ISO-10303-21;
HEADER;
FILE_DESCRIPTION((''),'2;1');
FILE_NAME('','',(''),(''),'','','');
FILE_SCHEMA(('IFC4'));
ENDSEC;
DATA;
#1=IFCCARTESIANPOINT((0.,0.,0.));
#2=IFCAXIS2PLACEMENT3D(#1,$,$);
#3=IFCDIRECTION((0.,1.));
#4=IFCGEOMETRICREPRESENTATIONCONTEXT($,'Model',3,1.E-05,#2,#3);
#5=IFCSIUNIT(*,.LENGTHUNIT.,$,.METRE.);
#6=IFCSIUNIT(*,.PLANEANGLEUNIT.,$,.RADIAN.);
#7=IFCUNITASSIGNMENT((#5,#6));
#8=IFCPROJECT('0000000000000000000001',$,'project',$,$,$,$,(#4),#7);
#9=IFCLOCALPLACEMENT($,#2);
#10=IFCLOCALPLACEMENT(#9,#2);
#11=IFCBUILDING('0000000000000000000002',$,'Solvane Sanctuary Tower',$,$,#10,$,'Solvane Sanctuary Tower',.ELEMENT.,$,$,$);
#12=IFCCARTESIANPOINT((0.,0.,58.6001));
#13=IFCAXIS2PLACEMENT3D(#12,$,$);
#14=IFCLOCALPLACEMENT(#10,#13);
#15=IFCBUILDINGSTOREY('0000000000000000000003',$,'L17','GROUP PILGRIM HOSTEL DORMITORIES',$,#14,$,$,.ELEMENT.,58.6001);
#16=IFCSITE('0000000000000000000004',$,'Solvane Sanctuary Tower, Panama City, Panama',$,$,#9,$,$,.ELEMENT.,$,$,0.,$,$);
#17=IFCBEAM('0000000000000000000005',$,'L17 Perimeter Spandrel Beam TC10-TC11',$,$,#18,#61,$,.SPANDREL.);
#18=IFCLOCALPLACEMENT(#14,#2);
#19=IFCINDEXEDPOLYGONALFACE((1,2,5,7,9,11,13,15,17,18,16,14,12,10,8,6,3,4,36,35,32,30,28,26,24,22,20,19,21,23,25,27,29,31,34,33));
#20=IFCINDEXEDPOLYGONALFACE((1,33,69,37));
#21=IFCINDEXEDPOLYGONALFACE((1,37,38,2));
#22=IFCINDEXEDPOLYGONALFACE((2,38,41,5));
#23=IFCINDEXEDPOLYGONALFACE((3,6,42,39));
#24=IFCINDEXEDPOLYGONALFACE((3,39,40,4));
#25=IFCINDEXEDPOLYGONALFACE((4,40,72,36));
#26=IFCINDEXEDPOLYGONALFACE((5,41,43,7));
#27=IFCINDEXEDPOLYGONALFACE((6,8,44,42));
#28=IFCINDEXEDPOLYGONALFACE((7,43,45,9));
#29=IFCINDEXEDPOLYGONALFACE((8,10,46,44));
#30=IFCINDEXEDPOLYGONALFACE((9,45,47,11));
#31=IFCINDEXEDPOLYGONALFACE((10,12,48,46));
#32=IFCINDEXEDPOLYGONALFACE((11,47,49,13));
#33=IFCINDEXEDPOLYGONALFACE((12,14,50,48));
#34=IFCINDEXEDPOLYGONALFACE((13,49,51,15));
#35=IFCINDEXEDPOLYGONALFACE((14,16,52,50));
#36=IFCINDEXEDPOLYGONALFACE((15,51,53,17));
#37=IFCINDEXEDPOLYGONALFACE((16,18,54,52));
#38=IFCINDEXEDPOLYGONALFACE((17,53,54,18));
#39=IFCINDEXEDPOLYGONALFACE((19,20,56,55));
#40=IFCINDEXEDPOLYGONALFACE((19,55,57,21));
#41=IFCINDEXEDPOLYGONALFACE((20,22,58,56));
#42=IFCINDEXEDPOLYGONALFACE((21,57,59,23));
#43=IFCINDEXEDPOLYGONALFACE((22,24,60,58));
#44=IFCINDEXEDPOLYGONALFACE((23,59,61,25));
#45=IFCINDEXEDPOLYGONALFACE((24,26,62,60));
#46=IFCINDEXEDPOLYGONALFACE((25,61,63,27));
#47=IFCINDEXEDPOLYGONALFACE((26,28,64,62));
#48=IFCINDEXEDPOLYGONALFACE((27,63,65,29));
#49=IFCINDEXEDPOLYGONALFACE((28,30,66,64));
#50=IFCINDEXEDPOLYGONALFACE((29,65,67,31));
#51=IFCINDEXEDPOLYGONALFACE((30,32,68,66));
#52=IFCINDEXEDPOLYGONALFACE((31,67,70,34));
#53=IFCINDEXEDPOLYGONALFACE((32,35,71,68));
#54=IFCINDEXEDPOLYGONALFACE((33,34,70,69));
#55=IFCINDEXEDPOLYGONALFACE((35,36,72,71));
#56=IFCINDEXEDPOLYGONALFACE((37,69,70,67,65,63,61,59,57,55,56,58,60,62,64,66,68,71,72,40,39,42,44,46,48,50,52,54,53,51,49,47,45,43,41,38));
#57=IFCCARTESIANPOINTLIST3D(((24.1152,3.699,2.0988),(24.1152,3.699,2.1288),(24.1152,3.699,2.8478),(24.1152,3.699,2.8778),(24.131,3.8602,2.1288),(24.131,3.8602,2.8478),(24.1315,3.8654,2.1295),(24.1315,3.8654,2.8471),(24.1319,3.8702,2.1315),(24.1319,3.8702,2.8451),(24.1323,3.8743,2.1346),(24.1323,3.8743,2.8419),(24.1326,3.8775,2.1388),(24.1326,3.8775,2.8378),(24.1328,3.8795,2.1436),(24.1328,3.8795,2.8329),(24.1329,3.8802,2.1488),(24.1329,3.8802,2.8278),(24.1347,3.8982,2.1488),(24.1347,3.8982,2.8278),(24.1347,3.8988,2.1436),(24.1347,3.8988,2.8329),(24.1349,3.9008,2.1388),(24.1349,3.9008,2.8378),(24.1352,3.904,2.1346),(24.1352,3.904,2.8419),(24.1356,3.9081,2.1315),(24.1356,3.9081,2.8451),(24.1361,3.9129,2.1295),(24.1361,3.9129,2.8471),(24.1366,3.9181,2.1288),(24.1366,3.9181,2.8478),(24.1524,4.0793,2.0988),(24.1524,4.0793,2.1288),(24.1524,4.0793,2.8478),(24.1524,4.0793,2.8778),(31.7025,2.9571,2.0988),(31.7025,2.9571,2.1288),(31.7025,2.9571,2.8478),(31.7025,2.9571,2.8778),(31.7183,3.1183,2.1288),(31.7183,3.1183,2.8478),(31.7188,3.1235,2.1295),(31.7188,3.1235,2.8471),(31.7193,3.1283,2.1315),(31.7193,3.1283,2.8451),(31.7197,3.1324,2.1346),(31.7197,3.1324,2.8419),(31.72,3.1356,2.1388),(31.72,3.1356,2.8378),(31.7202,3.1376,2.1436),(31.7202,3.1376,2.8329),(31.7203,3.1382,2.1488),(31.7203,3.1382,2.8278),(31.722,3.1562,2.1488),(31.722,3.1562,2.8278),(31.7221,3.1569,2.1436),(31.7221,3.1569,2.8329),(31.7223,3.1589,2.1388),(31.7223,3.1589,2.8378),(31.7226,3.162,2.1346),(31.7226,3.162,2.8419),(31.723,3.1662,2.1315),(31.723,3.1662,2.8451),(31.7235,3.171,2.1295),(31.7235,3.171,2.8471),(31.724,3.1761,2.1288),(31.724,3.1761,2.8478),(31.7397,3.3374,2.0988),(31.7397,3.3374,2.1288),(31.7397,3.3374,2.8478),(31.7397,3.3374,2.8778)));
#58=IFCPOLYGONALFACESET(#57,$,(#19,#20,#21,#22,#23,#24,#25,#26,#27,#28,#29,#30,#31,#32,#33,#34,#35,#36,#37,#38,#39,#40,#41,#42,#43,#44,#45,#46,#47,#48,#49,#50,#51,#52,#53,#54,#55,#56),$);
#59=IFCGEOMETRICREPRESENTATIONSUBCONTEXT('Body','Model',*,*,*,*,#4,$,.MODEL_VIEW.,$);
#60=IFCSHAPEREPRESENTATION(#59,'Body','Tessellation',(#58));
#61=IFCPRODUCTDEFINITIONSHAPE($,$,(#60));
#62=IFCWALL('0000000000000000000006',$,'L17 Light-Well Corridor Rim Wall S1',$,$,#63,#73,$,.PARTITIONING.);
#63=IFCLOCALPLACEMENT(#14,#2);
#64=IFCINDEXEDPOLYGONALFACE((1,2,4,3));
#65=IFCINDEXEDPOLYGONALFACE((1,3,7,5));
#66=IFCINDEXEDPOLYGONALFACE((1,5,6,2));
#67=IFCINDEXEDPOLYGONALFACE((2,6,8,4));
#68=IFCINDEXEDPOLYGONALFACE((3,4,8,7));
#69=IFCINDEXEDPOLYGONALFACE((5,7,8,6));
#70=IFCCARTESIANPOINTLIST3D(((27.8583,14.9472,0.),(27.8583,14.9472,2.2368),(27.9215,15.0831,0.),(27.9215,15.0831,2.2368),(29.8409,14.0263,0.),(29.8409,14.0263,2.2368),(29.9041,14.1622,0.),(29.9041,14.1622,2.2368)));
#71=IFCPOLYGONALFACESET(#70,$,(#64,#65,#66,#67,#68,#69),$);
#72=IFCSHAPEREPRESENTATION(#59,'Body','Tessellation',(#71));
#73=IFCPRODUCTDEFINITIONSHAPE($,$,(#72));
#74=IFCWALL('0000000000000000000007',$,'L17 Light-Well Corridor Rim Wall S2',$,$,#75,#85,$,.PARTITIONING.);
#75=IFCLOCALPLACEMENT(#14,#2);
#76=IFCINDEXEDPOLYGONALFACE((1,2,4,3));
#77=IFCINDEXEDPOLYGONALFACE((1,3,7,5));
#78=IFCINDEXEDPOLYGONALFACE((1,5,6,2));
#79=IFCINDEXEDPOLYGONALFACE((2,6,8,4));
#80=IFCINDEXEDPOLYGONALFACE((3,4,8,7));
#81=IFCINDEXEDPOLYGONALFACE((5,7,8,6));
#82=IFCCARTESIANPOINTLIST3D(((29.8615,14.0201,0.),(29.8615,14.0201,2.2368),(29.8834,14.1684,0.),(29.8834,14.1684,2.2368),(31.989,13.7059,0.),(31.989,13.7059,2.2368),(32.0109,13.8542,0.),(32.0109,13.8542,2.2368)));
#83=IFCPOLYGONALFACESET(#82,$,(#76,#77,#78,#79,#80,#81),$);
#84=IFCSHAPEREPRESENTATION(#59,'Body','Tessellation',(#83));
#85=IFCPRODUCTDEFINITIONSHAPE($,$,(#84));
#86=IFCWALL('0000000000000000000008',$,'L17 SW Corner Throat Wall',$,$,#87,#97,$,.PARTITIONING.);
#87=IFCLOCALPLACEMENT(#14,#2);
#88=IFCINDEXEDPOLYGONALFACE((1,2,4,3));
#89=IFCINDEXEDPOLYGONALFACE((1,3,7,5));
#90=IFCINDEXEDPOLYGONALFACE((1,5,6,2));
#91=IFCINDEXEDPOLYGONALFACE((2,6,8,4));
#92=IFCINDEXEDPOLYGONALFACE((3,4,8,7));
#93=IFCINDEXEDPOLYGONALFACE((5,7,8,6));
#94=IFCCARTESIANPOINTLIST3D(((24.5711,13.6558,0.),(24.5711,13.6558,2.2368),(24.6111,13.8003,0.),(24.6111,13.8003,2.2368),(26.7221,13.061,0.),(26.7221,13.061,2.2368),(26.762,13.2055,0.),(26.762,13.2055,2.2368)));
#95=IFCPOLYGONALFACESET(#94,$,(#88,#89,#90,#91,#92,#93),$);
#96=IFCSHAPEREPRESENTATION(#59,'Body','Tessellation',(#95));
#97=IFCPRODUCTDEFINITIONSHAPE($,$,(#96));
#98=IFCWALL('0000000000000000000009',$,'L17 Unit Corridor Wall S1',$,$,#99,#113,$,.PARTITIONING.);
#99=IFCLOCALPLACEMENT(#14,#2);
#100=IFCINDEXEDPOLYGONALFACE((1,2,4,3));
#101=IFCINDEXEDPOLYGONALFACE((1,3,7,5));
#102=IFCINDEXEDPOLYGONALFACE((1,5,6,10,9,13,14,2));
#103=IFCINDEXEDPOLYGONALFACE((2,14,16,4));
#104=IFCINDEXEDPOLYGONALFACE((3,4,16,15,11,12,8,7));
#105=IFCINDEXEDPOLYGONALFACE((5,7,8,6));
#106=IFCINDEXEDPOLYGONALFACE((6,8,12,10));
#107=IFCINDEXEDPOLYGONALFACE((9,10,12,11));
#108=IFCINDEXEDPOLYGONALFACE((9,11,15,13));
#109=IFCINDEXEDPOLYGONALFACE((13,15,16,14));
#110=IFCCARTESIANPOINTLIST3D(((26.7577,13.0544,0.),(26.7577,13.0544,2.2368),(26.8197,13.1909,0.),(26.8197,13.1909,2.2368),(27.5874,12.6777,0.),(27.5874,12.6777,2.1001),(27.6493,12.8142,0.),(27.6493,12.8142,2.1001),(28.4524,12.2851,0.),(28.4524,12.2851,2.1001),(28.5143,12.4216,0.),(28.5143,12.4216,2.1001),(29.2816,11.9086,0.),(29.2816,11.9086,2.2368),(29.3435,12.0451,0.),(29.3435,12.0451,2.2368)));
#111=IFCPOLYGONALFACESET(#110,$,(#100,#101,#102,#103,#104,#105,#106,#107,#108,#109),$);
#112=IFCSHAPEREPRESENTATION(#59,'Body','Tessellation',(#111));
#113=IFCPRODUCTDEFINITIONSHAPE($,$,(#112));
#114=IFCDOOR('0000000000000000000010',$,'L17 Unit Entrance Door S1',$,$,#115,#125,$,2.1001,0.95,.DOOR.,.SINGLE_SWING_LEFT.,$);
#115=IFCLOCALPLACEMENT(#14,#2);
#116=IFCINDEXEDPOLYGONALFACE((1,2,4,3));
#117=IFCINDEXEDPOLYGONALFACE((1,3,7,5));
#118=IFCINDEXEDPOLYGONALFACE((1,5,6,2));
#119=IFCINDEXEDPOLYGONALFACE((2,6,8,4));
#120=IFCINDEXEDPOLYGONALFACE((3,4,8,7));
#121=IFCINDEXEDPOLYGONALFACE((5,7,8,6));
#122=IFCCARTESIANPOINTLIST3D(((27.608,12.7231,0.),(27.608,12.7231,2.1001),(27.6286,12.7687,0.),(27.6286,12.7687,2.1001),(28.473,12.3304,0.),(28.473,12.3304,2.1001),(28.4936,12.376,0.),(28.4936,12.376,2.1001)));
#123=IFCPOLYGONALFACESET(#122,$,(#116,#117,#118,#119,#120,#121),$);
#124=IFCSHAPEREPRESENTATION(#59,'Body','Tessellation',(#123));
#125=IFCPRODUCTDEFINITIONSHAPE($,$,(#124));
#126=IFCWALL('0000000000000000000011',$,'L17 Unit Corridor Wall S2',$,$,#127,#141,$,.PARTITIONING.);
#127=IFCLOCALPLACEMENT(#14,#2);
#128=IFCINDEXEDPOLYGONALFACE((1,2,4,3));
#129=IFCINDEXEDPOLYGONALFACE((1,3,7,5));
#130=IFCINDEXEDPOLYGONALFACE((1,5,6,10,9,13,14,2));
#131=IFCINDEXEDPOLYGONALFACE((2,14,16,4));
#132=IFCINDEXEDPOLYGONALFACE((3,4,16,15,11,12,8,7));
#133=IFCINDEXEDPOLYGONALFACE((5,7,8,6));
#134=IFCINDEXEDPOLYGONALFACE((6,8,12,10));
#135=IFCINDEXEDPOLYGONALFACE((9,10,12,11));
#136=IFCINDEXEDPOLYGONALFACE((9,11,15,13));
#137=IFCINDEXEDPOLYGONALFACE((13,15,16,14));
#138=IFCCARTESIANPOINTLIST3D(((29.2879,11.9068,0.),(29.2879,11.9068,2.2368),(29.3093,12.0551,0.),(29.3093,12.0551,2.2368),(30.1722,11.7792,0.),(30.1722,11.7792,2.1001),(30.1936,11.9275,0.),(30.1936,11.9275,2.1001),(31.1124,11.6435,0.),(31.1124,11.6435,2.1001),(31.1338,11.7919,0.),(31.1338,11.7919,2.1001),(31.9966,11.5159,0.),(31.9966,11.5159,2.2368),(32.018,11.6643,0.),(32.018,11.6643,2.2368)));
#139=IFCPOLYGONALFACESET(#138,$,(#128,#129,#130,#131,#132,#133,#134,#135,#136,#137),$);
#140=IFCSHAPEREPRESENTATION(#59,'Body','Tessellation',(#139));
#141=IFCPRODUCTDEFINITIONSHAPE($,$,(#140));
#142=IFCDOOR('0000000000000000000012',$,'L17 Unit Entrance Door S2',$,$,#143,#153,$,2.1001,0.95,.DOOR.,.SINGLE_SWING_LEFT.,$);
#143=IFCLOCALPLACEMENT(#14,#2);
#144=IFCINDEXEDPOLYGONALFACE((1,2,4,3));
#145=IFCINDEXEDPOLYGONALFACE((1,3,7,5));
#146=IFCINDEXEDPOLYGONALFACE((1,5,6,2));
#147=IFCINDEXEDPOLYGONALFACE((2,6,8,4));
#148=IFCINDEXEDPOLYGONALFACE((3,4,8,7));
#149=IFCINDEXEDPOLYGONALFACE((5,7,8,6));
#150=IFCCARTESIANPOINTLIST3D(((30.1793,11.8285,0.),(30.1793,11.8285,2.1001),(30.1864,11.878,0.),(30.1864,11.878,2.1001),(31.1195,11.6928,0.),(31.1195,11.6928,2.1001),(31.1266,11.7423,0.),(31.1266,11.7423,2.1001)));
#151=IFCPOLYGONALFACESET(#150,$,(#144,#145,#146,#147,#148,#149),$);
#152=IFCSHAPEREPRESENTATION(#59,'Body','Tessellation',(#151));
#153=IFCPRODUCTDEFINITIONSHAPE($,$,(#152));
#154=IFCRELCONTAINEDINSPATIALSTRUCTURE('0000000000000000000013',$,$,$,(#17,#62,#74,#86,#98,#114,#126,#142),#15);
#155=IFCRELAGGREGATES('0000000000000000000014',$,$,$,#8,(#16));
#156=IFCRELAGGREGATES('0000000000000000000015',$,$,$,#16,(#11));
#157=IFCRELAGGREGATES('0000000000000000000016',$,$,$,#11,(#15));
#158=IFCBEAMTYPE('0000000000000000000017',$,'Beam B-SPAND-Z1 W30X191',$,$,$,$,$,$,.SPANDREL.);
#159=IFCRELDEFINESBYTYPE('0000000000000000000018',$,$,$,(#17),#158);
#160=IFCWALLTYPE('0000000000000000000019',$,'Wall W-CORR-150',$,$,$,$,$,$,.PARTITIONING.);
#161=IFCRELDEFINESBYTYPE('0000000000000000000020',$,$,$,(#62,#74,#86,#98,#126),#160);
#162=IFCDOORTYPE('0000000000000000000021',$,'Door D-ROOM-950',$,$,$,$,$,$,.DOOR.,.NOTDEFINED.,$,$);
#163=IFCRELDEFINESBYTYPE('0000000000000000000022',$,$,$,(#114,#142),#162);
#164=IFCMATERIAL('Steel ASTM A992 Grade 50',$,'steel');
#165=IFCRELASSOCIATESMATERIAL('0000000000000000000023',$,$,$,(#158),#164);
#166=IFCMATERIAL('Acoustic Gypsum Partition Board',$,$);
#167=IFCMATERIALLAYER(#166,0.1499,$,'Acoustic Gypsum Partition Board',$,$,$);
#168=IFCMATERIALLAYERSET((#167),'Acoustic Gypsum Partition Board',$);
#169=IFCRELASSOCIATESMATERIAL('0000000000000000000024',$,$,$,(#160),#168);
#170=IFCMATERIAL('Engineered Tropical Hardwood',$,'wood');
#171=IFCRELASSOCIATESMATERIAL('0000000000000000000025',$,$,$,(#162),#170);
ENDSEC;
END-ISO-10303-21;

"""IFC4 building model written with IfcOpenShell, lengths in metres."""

from ifc_helpers import new_model, si_unit, direction, frame, frame_2d, origin, origin_2d, place, context, subcontext, project, spatial, rectangle, i_section, extrude, material, layer, layer_set, material_profile, profile_set, type_object, element, fill, save


model = new_model("IFC4")

# Units and contexts
model_context = context("Model", 3, precision=1e-05, world=origin(), true_north=direction((0.0, 1.0)))
body_context = subcontext(model_context, "Body", "Model", "MODEL_VIEW")
ifc_project = project(units=[si_unit("LENGTHUNIT", "METRE"), si_unit("PLANEANGLEUNIT", "RADIAN")], contexts=[model_context])

# Site, building, storey
site_placement = place(None, origin())
site = spatial("IfcSite", under=ifc_project, at=site_placement, Name="Solvane Sanctuary Tower, Panama City, Panama", CompositionType="ELEMENT", RefElevation=0.0)
building_placement = place(site_placement, origin())
building = spatial("IfcBuilding", under=site, at=building_placement, Name="Solvane Sanctuary Tower", LongName="Solvane Sanctuary Tower", CompositionType="ELEMENT")
storey_placement = place(building_placement, frame((0.0, 0.0, 58.6001)))
storey = spatial("IfcBuildingStorey", under=building, at=storey_placement, Name="L17", Description="GROUP PILGRIM HOSTEL DORMITORIES", CompositionType="ELEMENT", Elevation=58.6001)

# Beam
ifc_material_1 = material(Name="Steel ASTM A992 Grade 50", Category="steel")
ifc_material_profile_1 = material_profile(ifc_material_1, i_section(OverallWidth=0.3821, OverallDepth=0.7791, WebThickness=0.0181, FlangeThickness=0.03, FilletRadius=0.02, at=origin_2d()), Name="W30X191")
ifc_profile_set_1 = profile_set([ifc_material_profile_1], Name="Steel ASTM A992 Grade 50")
beam_type_1 = type_object("IfcBeamType", Name="Beam B-SPAND-Z1 W30X191", PredefinedType="SPANDREL", material=ifc_profile_set_1)
beam_1_placement = place(storey_placement, frame((24.1338, 3.8892, 2.4883), z_axis=(0.995253, -0.097322, 0.0), x_axis=(0.097322, 0.995253, 0.0)))
element("IfcBeam", 1, at=beam_1_placement, inside=storey, type_object=beam_type_1, Name="L17 Perimeter Spandrel Beam TC10-TC11", PredefinedType="SPANDREL", context=body_context, shape_type="SweptSolid", body=[
    extrude(i_section(OverallWidth=0.3821, OverallDepth=0.7791, WebThickness=0.0181, FlangeThickness=0.03, FilletRadius=0.02, at=origin_2d()), origin(), (0.0, 0.0, 1.0), 7.6235),
])

# Walls
ifc_material_2 = material(Name="Acoustic Gypsum Partition Board")
ifc_layer_1 = layer(ifc_material_2, 0.1499, Name="Acoustic Gypsum Partition Board")
ifc_layer_set_1 = layer_set([ifc_layer_1], Name="Acoustic Gypsum Partition Board")
wall_type_1 = type_object("IfcWallType", Name="Wall W-CORR-150", PredefinedType="PARTITIONING", material=ifc_layer_set_1)
wall_1_placement = place(storey_placement, frame((27.8899, 15.0151, 0.0), z_axis=(0.0, 0.0, 1.0), x_axis=(0.906943, -0.421252, 0.0)))
element("IfcWall", 2, at=wall_1_placement, inside=storey, type_object=wall_type_1, Name="L17 Light-Well Corridor Rim Wall S1", PredefinedType="PARTITIONING", context=body_context, shape_type="SweptSolid", body=[
    extrude(rectangle(XDim=2.186, YDim=0.1499, at=frame_2d((1.093, 0.0))), origin(), (0.0, 0.0, 1.0), 2.2368),
])
wall_2_placement = place(storey_placement, frame((29.8726, 14.0942, 0.0), z_axis=(0.0, 0.0, 1.0), x_axis=(0.989269, -0.146108, 0.0)))
element("IfcWall", 3, at=wall_2_placement, inside=storey, type_object=wall_type_1, Name="L17 Light-Well Corridor Rim Wall S2", PredefinedType="PARTITIONING", context=body_context, shape_type="SweptSolid", body=[
    extrude(rectangle(XDim=2.1506, YDim=0.1499, at=frame_2d((1.0752, 0.0))), origin(), (0.0, 0.0, 1.0), 2.2368),
])
wall_3_placement = place(storey_placement, frame((26.7419, 13.1333, 0.0), z_axis=(0.0, 0.0, 1.0), x_axis=(-0.963834, 0.266504, 0.0)))
element("IfcWall", 4, at=wall_3_placement, inside=storey, type_object=wall_type_1, Name="L17 SW Corner Throat Wall", PredefinedType="PARTITIONING", context=body_context, shape_type="SweptSolid", body=[
    extrude(rectangle(XDim=2.2317, YDim=0.1499, at=frame_2d((1.1157, 0.0))), origin(), (0.0, 0.0, 1.0), 2.2368),
])

# Walls, openings, doors
wall_4_placement = place(storey_placement, frame((26.7888, 13.1226, 0.0), z_axis=(0.0, 0.0, 1.0), x_axis=(0.910568, -0.413358, 0.0)))
wall_4 = element("IfcWall", 5, at=wall_4_placement, inside=storey, type_object=wall_type_1, Name="L17 Unit Corridor Wall S1", PredefinedType="PARTITIONING", context=body_context, shape_type="SweptSolid", body=[
    extrude(rectangle(XDim=2.7717, YDim=0.1499, at=frame_2d((1.3857, 0.0))), origin(), (0.0, 0.0, 1.0), 2.2368),
])
opening_1_placement = place(wall_4_placement, frame((0.9109, 0.0, 0.0)))
opening_1 = element("IfcOpeningElement", 6, at=opening_1_placement, cuts=wall_4, PredefinedType="OPENING", context=body_context, shape_type="SweptSolid", body=[
    extrude(rectangle(XDim=0.95, YDim=2.1001, at=frame_2d((0.4751, 1.05))), frame((0.0, 0.085, 0.0), z_axis=(0.0, -1.0, 0.0), x_axis=(1.0, 0.0, 0.0)), (0.0, 0.0, 1.0), 0.1699),
])
ifc_material_3 = material(Name="Engineered Tropical Hardwood", Category="wood")
door_type_1 = type_object("IfcDoorType", Name="Door D-ROOM-950", OperationType="NOTDEFINED", PredefinedType="DOOR", material=ifc_material_3)
door_1_placement = place(opening_1_placement, origin())
door_1 = element("IfcDoor", 7, at=door_1_placement, inside=storey, type_object=door_type_1, Name="L17 Unit Entrance Door S1", OperationType="SINGLE_SWING_LEFT", OverallHeight=2.1001, OverallWidth=0.95, PredefinedType="DOOR", context=body_context, shape_type="SweptSolid", body=[
    extrude(rectangle(XDim=0.95, YDim=2.1001, at=frame_2d((0.4751, 1.05))), frame((0.0, 0.0249, 0.0), z_axis=(0.0, -1.0, 0.0), x_axis=(1.0, 0.0, 0.0)), (0.0, 0.0, 1.0), 0.05),
])
fill(opening_1, door_1)
wall_5_placement = place(storey_placement, frame((29.2986, 11.981, 0.0), z_axis=(0.0, 0.0, 1.0), x_axis=(0.989749, -0.14282, 0.0)))
wall_5 = element("IfcWall", 8, at=wall_5_placement, inside=storey, type_object=wall_type_1, Name="L17 Unit Corridor Wall S2", PredefinedType="PARTITIONING", context=body_context, shape_type="SweptSolid", body=[
    extrude(rectangle(XDim=2.7368, YDim=0.1499, at=frame_2d((1.3684, 0.0))), origin(), (0.0, 0.0, 1.0), 2.2368),
])
opening_2_placement = place(wall_5_placement, frame((0.8933, 0.0, 0.0)))
opening_2 = element("IfcOpeningElement", 9, at=opening_2_placement, cuts=wall_5, PredefinedType="OPENING", context=body_context, shape_type="SweptSolid", body=[
    extrude(rectangle(XDim=0.95, YDim=2.1001, at=frame_2d((0.4751, 1.05))), frame((0.0, 0.085, 0.0), z_axis=(0.0, -1.0, 0.0), x_axis=(1.0, 0.0, 0.0)), (0.0, 0.0, 1.0), 0.1699),
])
door_2_placement = place(opening_2_placement, origin())
door_2 = element("IfcDoor", 10, at=door_2_placement, inside=storey, type_object=door_type_1, Name="L17 Unit Entrance Door S2", OperationType="SINGLE_SWING_LEFT", OverallHeight=2.1001, OverallWidth=0.95, PredefinedType="DOOR", context=body_context, shape_type="SweptSolid", body=[
    extrude(rectangle(XDim=0.95, YDim=2.1001, at=frame_2d((0.4751, 1.05))), frame((0.0, 0.0249, 0.0), z_axis=(0.0, -1.0, 0.0), x_axis=(1.0, 0.0, 0.0)), (0.0, 0.0, 1.0), 0.05),
])
fill(opening_2, door_2)

save(model, "model.ifc")
